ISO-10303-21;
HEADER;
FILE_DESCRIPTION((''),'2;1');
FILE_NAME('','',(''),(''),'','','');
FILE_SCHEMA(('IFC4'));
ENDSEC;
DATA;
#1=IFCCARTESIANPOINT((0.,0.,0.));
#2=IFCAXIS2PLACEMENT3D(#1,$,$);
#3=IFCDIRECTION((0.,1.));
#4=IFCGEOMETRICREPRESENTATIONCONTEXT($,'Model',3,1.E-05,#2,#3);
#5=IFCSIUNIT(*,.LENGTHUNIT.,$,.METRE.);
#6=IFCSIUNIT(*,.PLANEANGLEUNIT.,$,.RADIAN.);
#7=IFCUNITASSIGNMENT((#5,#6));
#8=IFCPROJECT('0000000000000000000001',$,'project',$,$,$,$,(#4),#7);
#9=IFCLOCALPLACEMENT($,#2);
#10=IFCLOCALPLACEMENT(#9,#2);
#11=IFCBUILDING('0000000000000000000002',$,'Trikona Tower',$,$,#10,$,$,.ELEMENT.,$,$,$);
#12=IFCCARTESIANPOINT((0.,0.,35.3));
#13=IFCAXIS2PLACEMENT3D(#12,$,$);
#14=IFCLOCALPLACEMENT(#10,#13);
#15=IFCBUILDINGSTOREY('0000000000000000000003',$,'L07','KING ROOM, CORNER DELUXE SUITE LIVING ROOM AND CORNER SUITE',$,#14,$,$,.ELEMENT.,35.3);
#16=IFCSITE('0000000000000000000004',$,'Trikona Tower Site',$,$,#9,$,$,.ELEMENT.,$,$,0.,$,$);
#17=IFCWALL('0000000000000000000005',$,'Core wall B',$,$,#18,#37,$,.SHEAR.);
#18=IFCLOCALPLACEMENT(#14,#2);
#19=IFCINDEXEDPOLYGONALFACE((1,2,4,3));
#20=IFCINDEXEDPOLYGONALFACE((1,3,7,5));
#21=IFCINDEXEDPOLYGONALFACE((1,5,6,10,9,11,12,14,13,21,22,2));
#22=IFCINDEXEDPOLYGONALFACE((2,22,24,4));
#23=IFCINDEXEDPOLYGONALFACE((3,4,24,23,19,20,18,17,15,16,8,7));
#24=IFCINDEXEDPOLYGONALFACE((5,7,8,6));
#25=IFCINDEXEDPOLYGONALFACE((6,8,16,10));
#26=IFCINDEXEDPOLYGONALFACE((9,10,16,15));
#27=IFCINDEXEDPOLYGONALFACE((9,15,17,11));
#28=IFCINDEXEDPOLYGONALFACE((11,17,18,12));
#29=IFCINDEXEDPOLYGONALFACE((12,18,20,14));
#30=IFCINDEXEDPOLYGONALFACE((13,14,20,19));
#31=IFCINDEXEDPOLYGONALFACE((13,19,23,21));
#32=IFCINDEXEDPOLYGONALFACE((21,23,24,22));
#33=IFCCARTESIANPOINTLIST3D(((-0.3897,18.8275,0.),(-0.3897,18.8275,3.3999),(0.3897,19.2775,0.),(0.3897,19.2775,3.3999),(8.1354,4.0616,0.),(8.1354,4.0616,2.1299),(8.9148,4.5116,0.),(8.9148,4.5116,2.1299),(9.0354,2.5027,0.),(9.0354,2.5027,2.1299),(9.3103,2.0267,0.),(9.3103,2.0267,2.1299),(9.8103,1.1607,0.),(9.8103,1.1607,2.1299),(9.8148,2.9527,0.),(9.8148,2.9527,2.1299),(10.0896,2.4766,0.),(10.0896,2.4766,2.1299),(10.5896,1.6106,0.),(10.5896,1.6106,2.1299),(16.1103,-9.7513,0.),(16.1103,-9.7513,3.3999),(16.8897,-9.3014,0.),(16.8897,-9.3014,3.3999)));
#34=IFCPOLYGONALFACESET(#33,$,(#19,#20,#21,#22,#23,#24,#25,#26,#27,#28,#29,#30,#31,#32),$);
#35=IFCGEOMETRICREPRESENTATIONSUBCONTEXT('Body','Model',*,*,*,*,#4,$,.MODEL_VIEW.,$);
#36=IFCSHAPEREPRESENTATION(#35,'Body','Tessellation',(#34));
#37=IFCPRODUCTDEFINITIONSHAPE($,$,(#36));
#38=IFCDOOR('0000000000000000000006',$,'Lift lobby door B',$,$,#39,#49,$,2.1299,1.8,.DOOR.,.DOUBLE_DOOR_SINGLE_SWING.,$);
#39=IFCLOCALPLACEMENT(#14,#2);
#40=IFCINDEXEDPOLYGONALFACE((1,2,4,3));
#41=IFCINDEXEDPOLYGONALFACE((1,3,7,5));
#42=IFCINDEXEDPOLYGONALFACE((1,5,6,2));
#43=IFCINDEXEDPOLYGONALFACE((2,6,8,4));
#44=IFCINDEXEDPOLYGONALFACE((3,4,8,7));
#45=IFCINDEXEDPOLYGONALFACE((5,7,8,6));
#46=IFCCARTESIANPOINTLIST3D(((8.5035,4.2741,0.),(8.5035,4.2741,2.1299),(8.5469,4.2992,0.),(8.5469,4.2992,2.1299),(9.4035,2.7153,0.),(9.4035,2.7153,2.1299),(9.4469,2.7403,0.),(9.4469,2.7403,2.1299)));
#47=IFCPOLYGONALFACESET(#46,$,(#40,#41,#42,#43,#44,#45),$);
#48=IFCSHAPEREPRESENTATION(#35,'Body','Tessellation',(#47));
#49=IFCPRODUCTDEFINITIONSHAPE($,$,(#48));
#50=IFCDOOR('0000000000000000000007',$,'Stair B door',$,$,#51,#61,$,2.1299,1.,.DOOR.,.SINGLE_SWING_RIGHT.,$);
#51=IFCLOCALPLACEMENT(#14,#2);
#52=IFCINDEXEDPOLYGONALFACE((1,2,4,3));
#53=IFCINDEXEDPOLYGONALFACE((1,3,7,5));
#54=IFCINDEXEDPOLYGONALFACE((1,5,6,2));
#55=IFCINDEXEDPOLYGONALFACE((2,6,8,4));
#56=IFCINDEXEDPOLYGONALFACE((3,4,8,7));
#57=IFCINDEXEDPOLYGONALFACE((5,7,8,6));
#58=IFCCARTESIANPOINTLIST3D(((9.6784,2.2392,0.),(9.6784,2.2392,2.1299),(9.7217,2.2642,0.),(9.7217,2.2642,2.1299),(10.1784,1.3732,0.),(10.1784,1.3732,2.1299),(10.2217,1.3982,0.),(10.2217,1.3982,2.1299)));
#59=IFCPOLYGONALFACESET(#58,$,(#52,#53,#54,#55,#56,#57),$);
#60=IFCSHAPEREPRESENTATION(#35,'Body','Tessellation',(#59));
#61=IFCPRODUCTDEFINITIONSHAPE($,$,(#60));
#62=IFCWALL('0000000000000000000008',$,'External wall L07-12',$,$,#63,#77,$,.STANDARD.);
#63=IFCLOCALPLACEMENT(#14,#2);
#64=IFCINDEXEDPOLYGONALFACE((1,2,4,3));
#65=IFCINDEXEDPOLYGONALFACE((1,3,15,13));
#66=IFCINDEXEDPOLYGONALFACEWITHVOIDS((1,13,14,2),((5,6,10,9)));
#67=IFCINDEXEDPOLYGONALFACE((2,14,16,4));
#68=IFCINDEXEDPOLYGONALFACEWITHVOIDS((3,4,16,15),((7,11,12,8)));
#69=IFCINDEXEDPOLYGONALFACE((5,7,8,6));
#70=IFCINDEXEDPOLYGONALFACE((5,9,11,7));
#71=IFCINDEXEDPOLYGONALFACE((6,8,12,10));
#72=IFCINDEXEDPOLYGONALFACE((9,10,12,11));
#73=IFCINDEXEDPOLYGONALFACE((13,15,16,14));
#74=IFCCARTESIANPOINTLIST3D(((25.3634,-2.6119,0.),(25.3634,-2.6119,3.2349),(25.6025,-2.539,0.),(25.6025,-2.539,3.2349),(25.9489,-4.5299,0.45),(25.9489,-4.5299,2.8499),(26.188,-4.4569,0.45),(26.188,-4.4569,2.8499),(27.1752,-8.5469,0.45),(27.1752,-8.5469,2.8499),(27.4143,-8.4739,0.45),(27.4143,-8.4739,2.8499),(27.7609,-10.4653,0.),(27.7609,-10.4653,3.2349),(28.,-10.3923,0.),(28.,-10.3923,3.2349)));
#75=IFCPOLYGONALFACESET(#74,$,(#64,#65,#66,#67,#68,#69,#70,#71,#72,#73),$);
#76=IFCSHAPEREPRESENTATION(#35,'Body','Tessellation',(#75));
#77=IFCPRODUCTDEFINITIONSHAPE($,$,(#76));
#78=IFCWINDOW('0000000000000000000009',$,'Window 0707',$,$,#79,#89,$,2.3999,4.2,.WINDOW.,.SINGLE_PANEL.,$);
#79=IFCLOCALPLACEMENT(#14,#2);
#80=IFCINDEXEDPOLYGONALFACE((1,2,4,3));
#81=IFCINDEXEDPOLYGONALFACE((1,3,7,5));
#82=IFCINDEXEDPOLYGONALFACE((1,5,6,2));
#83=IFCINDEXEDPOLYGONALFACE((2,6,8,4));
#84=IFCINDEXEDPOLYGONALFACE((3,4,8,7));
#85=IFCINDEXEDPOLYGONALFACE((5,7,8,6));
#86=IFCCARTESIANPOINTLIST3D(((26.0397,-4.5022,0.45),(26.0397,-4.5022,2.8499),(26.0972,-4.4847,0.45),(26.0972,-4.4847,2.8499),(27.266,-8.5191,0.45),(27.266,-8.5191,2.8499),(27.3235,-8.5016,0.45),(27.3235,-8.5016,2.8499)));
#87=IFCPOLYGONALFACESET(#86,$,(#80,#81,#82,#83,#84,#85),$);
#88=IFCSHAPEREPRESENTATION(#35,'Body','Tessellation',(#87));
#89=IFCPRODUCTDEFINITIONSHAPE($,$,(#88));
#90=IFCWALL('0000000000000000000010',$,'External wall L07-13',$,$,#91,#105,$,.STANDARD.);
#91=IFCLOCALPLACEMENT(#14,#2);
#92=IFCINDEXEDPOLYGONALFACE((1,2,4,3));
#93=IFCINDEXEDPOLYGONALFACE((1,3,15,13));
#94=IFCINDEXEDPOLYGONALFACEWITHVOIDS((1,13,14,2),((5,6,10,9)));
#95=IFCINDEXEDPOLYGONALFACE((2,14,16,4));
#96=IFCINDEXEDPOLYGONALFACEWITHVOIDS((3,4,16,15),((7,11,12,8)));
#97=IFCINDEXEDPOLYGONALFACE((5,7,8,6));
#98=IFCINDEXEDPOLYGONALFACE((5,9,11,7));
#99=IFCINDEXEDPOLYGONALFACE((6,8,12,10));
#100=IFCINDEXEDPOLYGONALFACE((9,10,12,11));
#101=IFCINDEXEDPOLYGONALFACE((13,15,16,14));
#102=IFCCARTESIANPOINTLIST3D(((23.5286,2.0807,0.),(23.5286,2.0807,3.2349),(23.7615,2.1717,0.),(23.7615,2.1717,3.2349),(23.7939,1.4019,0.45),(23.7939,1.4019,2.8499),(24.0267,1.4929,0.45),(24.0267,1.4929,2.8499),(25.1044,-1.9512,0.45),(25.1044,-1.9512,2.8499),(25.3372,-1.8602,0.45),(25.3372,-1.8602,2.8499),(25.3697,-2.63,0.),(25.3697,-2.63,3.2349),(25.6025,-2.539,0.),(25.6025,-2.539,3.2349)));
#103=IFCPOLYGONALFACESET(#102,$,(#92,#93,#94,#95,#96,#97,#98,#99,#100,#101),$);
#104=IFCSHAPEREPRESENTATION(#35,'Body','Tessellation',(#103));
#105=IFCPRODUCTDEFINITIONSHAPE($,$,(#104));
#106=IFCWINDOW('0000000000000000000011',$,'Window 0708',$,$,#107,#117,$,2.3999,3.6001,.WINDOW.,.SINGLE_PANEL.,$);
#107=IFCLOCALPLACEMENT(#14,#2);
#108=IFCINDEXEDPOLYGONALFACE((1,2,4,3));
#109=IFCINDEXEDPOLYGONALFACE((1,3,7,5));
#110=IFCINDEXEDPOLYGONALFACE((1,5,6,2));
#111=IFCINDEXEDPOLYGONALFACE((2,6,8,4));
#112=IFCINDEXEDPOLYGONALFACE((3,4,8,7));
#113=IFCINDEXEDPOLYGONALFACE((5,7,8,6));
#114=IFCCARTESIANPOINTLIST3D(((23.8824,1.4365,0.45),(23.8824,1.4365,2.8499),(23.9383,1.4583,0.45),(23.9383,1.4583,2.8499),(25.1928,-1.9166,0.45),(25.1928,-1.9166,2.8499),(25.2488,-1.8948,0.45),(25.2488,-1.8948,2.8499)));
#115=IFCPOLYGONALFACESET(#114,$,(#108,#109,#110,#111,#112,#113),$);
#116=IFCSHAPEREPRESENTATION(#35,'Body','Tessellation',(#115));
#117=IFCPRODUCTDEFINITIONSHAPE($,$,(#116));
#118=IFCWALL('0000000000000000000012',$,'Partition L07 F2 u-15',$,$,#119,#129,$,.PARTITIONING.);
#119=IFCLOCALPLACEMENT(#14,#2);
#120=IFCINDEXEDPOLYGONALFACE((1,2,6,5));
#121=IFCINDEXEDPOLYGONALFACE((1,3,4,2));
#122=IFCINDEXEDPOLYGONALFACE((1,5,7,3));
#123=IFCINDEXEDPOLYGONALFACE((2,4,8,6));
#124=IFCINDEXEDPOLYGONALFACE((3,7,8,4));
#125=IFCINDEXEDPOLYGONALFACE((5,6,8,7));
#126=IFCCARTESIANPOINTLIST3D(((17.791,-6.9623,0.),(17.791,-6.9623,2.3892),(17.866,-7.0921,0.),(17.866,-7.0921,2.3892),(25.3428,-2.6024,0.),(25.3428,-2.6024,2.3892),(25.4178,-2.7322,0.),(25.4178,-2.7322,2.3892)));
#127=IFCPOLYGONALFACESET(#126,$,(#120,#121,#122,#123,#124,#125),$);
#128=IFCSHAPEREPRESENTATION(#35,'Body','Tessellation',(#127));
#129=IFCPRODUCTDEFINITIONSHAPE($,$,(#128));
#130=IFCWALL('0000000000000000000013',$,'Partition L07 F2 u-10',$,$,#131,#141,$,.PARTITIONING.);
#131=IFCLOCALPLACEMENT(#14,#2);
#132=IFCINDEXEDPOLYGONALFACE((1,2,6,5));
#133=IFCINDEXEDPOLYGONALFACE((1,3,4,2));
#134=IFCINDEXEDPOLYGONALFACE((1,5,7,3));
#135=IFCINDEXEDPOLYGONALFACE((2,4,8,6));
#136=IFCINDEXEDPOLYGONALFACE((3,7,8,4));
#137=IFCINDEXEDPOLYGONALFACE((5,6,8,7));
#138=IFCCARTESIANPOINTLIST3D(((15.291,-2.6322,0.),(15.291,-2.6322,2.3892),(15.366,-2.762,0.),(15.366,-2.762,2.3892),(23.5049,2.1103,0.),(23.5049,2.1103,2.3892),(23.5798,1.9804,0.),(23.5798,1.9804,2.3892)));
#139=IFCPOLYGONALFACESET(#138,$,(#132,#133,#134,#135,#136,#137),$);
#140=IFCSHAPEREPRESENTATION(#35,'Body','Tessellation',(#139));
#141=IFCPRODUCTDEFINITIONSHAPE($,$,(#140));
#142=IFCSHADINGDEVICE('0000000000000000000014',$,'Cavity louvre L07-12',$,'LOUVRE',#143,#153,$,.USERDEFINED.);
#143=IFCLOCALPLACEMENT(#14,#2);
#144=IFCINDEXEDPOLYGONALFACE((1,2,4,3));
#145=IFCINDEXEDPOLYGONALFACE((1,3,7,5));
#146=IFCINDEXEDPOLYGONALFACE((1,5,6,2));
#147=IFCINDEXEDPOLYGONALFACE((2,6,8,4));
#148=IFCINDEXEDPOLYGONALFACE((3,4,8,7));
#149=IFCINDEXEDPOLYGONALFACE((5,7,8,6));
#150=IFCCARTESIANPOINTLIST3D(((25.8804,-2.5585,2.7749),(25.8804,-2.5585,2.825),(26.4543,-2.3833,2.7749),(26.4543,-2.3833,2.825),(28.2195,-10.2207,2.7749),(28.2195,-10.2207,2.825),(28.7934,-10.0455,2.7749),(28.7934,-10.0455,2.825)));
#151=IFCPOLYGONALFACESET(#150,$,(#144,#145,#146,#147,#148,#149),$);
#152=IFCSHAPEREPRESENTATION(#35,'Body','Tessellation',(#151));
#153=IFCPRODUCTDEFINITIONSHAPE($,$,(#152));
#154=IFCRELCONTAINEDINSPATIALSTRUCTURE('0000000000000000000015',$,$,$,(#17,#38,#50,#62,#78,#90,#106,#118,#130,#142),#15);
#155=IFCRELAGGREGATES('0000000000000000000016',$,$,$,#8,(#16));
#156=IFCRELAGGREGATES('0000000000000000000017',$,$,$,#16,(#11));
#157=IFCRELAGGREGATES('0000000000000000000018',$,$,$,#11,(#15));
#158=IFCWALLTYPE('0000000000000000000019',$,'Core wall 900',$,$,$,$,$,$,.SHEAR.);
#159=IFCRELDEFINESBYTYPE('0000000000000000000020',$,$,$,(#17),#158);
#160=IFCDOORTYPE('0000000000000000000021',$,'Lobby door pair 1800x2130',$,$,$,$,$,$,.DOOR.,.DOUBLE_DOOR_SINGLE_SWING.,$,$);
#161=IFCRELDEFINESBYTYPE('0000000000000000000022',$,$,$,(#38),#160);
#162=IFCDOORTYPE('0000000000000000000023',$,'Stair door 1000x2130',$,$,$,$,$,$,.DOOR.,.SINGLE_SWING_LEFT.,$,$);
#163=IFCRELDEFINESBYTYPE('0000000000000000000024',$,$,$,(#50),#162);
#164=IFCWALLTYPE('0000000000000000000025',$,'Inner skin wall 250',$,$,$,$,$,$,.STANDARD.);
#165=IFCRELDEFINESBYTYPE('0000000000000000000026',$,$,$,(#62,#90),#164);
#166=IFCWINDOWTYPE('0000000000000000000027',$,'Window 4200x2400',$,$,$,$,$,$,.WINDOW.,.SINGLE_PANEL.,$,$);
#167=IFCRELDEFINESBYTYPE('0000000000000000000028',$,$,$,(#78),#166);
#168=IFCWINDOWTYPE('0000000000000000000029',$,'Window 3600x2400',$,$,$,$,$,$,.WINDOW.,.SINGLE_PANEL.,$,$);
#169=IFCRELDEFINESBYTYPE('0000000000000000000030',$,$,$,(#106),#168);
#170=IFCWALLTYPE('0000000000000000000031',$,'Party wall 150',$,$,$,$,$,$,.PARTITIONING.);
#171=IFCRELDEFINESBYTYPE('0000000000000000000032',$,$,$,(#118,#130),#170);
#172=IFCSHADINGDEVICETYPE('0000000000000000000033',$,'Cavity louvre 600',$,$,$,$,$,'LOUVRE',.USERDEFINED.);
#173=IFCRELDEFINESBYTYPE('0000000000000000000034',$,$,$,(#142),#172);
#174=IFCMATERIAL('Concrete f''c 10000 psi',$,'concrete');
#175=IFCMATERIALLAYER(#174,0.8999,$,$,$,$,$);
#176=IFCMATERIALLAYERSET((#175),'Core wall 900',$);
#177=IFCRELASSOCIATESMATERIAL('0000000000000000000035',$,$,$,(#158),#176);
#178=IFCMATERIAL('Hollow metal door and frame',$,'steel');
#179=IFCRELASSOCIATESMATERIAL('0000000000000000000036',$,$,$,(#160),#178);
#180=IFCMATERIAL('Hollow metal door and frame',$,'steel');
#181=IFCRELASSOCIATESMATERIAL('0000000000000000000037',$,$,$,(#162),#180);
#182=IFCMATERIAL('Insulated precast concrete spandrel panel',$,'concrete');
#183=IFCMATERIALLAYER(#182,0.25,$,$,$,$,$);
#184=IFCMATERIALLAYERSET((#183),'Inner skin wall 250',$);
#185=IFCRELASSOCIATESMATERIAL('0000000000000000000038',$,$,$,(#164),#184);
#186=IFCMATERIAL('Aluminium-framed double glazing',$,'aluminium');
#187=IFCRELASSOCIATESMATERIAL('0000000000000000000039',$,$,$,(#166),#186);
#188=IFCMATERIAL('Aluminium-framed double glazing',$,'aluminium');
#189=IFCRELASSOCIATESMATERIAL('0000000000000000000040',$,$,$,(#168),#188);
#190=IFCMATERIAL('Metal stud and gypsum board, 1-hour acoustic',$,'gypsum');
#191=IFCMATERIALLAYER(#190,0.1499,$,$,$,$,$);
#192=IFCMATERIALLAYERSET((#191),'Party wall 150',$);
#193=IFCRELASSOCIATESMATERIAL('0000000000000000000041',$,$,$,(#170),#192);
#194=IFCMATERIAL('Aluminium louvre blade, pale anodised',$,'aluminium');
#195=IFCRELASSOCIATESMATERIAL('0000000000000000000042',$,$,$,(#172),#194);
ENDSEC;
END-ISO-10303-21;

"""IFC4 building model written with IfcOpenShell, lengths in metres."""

from ifc_helpers import new_model, si_unit, direction, frame, frame_2d, origin, origin_2d, place, context, subcontext, project, spatial, rectangle, extrude, material, layer, layer_set, type_object, element, fill, save


model = new_model("IFC4")

# Units and contexts
model_context = context("Model", 3, precision=1e-05, world=origin(), true_north=direction((0.0, 1.0)))
body_context = subcontext(model_context, "Body", "Model", "MODEL_VIEW")
ifc_project = project(units=[si_unit("LENGTHUNIT", "METRE"), si_unit("PLANEANGLEUNIT", "RADIAN")], contexts=[model_context])

# Site, building, storey
site_placement = place(None, origin())
site = spatial("IfcSite", under=ifc_project, at=site_placement, Name="Trikona Tower Site", CompositionType="ELEMENT", RefElevation=0.0)
building_placement = place(site_placement, origin())
building = spatial("IfcBuilding", under=site, at=building_placement, Name="Trikona Tower", CompositionType="ELEMENT")
storey_placement = place(building_placement, frame((0.0, 0.0, 35.3)))
storey = spatial("IfcBuildingStorey", under=building, at=storey_placement, Name="L07", Description="KING ROOM, CORNER DELUXE SUITE LIVING ROOM AND CORNER SUITE", CompositionType="ELEMENT", Elevation=35.3)

# Wall, openings, doors
ifc_material_1 = material(Name="Concrete f'c 10000 psi", Category="concrete")
ifc_layer_1 = layer(ifc_material_1, 0.8999)
ifc_layer_set_1 = layer_set([ifc_layer_1], Name="Core wall 900")
wall_type_1 = type_object("IfcWallType", Name="Core wall 900", PredefinedType="SHEAR", material=ifc_layer_set_1)
wall_1_placement = place(storey_placement, frame((16.5, -9.5264, 0.0), z_axis=(0.0, 0.0, 1.0), x_axis=(-0.5, 0.866026, 0.0)))
wall_1 = element("IfcWall", 1, at=wall_1_placement, inside=storey, type_object=wall_type_1, Name="Core wall B", PredefinedType="SHEAR", context=body_context, shape_type="SweptSolid", body=[
    extrude(rectangle(XDim=33.0, YDim=0.8999, at=frame_2d((16.5, 0.0))), origin(), (0.0, 0.0, 1.0), 3.3999),
])
opening_1_placement = place(wall_1_placement, frame((14.1499, 0.0, 0.0)))
opening_1 = element("IfcOpeningElement", 2, at=opening_1_placement, cuts=wall_1, PredefinedType="OPENING", context=body_context, shape_type="SweptSolid", body=[
    extrude(rectangle(XDim=1.8, YDim=2.1299, at=frame_2d((0.8999, 1.0649))), frame((0.0, 0.46, 0.0), z_axis=(0.0, -1.0, 0.0), x_axis=(1.0, 0.0, 0.0)), (0.0, 0.0, 1.0), 0.9199),
])
opening_2_placement = place(wall_1_placement, frame((12.6001, 0.0, 0.0)))
opening_2 = element("IfcOpeningElement", 3, at=opening_2_placement, cuts=wall_1, PredefinedType="OPENING", context=body_context, shape_type="SweptSolid", body=[
    extrude(rectangle(XDim=1.0, YDim=2.1299, at=frame_2d((0.5, 1.0649))), frame((0.0, 0.46, 0.0), z_axis=(0.0, -1.0, 0.0), x_axis=(1.0, 0.0, 0.0)), (0.0, 0.0, 1.0), 0.9199),
])
ifc_material_2 = material(Name="Hollow metal door and frame", Category="steel")
door_type_1 = type_object("IfcDoorType", Name="Lobby door pair 1800x2130", OperationType="DOUBLE_DOOR_SINGLE_SWING", PredefinedType="DOOR", material=ifc_material_2)
door_1_placement = place(opening_1_placement, origin())
door_1 = element("IfcDoor", 4, at=door_1_placement, inside=storey, type_object=door_type_1, Name="Lift lobby door B", OperationType="DOUBLE_DOOR_SINGLE_SWING", OverallHeight=2.1299, OverallWidth=1.8, PredefinedType="DOOR", context=body_context, shape_type="SweptSolid", body=[
    extrude(rectangle(XDim=1.8, YDim=2.1299, at=frame_2d((0.8999, 1.0649))), frame((0.0, 0.0249, 0.0), z_axis=(0.0, -1.0, 0.0), x_axis=(1.0, 0.0, 0.0)), (0.0, 0.0, 1.0), 0.05),
])
fill(opening_1, door_1)
ifc_material_3 = material(Name="Hollow metal door and frame", Category="steel")
door_type_2 = type_object("IfcDoorType", Name="Stair door 1000x2130", OperationType="SINGLE_SWING_LEFT", PredefinedType="DOOR", material=ifc_material_3)
door_2_placement = place(opening_2_placement, origin())
door_2 = element("IfcDoor", 5, at=door_2_placement, inside=storey, type_object=door_type_2, Name="Stair B door", OperationType="SINGLE_SWING_RIGHT", OverallHeight=2.1299, OverallWidth=1.0, PredefinedType="DOOR", context=body_context, shape_type="SweptSolid", body=[
    extrude(rectangle(XDim=1.0, YDim=2.1299, at=frame_2d((0.5, 1.0649))), frame((0.0, 0.0249, 0.0), z_axis=(0.0, -1.0, 0.0), x_axis=(1.0, 0.0, 0.0)), (0.0, 0.0, 1.0), 0.05),
])
fill(opening_2, door_2)

# Walls, openings, windows
ifc_material_4 = material(Name="Insulated precast concrete spandrel panel", Category="concrete")
ifc_layer_2 = layer(ifc_material_4, 0.25)
ifc_layer_set_2 = layer_set([ifc_layer_2], Name="Inner skin wall 250")
wall_type_2 = type_object("IfcWallType", Name="Inner skin wall 250", PredefinedType="STANDARD", material=ifc_layer_set_2)
wall_2_placement = place(storey_placement, frame((27.8804, -10.4287, 0.0), z_axis=(0.0, 0.0, 1.0), x_axis=(-0.291979, 0.956425, 0.0)))
wall_2 = element("IfcWall", 6, at=wall_2_placement, inside=storey, type_object=wall_type_2, Name="External wall L07-12", PredefinedType="STANDARD", context=body_context, shape_type="SweptSolid", body=[
    extrude(rectangle(XDim=8.2112, YDim=0.25, at=frame_2d((4.1055, 0.0))), origin(), (0.0, 0.0, 1.0), 3.2349),
])
opening_3_placement = place(wall_2_placement, frame((2.0056, 0.0, 0.45)))
opening_3 = element("IfcOpeningElement", 7, at=opening_3_placement, cuts=wall_2, PredefinedType="OPENING", context=body_context, shape_type="SweptSolid", body=[
    extrude(rectangle(XDim=4.2, YDim=2.3999, at=frame_2d((2.1001, 1.2))), frame((0.0, 0.135, 0.0), z_axis=(0.0, -1.0, 0.0), x_axis=(1.0, 0.0, 0.0)), (0.0, 0.0, 1.0), 0.27),
])
ifc_material_5 = material(Name="Aluminium-framed double glazing", Category="aluminium")
window_type_1 = type_object("IfcWindowType", Name="Window 4200x2400", PartitioningType="SINGLE_PANEL", PredefinedType="WINDOW", material=ifc_material_5)
window_1_placement = place(opening_3_placement, origin())
window_1 = element("IfcWindow", 8, at=window_1_placement, inside=storey, type_object=window_type_1, Name="Window 0707", OverallHeight=2.3999, OverallWidth=4.2, PartitioningType="SINGLE_PANEL", PredefinedType="WINDOW", context=body_context, shape_type="SweptSolid", body=[
    extrude(rectangle(XDim=4.2, YDim=2.3999, at=frame_2d((2.1001, 1.2))), frame((0.0, 0.03, 0.0), z_axis=(0.0, -1.0, 0.0), x_axis=(1.0, 0.0, 0.0)), (0.0, 0.0, 1.0), 0.0601),
])
fill(opening_3, window_1)
wall_3_placement = place(storey_placement, frame((25.4861, -2.5845, 0.0), z_axis=(0.0, 0.0, 1.0), x_axis=(-0.364013, 0.931394, 0.0)))
wall_3 = element("IfcWall", 9, at=wall_3_placement, inside=storey, type_object=wall_type_2, Name="External wall L07-13", PredefinedType="STANDARD", context=body_context, shape_type="SweptSolid", body=[
    extrude(rectangle(XDim=5.0576, YDim=0.25, at=frame_2d((2.5288, 0.0))), origin(), (0.0, 0.0, 1.0), 3.2349),
])
opening_4_placement = place(wall_3_placement, frame((0.7288, 0.0, 0.45)))
opening_4 = element("IfcOpeningElement", 10, at=opening_4_placement, cuts=wall_3, PredefinedType="OPENING", context=body_context, shape_type="SweptSolid", body=[
    extrude(rectangle(XDim=3.6001, YDim=2.3999, at=frame_2d((1.8, 1.2))), frame((0.0, 0.135, 0.0), z_axis=(0.0, -1.0, 0.0), x_axis=(1.0, 0.0, 0.0)), (0.0, 0.0, 1.0), 0.27),
])
ifc_material_6 = material(Name="Aluminium-framed double glazing", Category="aluminium")
window_type_2 = type_object("IfcWindowType", Name="Window 3600x2400", PartitioningType="SINGLE_PANEL", PredefinedType="WINDOW", material=ifc_material_6)
window_2_placement = place(opening_4_placement, origin())
window_2 = element("IfcWindow", 11, at=window_2_placement, inside=storey, type_object=window_type_2, Name="Window 0708", OverallHeight=2.3999, OverallWidth=3.6001, PartitioningType="SINGLE_PANEL", PredefinedType="WINDOW", context=body_context, shape_type="SweptSolid", body=[
    extrude(rectangle(XDim=3.6001, YDim=2.3999, at=frame_2d((1.8, 1.2))), frame((0.0, 0.03, 0.0), z_axis=(0.0, -1.0, 0.0), x_axis=(1.0, 0.0, 0.0)), (0.0, 0.0, 1.0), 0.0601),
])
fill(opening_4, window_2)

# Walls
ifc_material_7 = material(Name="Metal stud and gypsum board, 1-hour acoustic", Category="gypsum")
ifc_layer_3 = layer(ifc_material_7, 0.1499)
ifc_layer_set_3 = layer_set([ifc_layer_3], Name="Party wall 150")
wall_type_3 = type_object("IfcWallType", Name="Party wall 150", PredefinedType="PARTITIONING", material=ifc_layer_set_3)
wall_4_placement = place(storey_placement, frame((17.8286, -7.0271, 0.0), z_axis=(0.0, 0.0, 1.0), x_axis=(0.866033, 0.499987, 0.0)))
element("IfcWall", 12, at=wall_4_placement, inside=storey, type_object=wall_type_3, Name="Partition L07 F2 u-15", PredefinedType="PARTITIONING", context=body_context, shape_type="SweptSolid", body=[
    extrude(rectangle(XDim=8.72, YDim=0.1499, at=frame_2d((4.3599, 0.0))), origin(), (0.0, 0.0, 1.0), 2.3892),
])
wall_5_placement = place(storey_placement, frame((15.3286, -2.697, 0.0), z_axis=(0.0, 0.0, 1.0), x_axis=(0.866018, 0.500012, 0.0)))
element("IfcWall", 13, at=wall_5_placement, inside=storey, type_object=wall_type_3, Name="Partition L07 F2 u-10", PredefinedType="PARTITIONING", context=body_context, shape_type="SweptSolid", body=[
    extrude(rectangle(XDim=9.4846, YDim=0.1499, at=frame_2d((4.7422, 0.0))), origin(), (0.0, 0.0, 1.0), 2.3892),
])

# Shading device
ifc_material_8 = material(Name="Aluminium louvre blade, pale anodised", Category="aluminium")
shading_device_type = type_object("IfcShadingDeviceType", Name="Cavity louvre 600", ElementType="LOUVRE", PredefinedType="USERDEFINED", material=ifc_material_8)
shading_device_placement = place(storey_placement, frame((27.3369, -6.302, 2.7749), z_axis=(0.0, 0.0, 1.0), x_axis=(-0.291979, 0.956425, 0.0)))
element("IfcShadingDevice", 14, at=shading_device_placement, inside=storey, type_object=shading_device_type, Name="Cavity louvre L07-12", ObjectType="LOUVRE", PredefinedType="USERDEFINED", context=body_context, shape_type="SweptSolid", body=[
    extrude(rectangle(XDim=8.0112, YDim=0.6001, at=origin_2d()), origin(), (0.0, 0.0, 1.0), 0.05),
])

save(model, "model.ifc")
